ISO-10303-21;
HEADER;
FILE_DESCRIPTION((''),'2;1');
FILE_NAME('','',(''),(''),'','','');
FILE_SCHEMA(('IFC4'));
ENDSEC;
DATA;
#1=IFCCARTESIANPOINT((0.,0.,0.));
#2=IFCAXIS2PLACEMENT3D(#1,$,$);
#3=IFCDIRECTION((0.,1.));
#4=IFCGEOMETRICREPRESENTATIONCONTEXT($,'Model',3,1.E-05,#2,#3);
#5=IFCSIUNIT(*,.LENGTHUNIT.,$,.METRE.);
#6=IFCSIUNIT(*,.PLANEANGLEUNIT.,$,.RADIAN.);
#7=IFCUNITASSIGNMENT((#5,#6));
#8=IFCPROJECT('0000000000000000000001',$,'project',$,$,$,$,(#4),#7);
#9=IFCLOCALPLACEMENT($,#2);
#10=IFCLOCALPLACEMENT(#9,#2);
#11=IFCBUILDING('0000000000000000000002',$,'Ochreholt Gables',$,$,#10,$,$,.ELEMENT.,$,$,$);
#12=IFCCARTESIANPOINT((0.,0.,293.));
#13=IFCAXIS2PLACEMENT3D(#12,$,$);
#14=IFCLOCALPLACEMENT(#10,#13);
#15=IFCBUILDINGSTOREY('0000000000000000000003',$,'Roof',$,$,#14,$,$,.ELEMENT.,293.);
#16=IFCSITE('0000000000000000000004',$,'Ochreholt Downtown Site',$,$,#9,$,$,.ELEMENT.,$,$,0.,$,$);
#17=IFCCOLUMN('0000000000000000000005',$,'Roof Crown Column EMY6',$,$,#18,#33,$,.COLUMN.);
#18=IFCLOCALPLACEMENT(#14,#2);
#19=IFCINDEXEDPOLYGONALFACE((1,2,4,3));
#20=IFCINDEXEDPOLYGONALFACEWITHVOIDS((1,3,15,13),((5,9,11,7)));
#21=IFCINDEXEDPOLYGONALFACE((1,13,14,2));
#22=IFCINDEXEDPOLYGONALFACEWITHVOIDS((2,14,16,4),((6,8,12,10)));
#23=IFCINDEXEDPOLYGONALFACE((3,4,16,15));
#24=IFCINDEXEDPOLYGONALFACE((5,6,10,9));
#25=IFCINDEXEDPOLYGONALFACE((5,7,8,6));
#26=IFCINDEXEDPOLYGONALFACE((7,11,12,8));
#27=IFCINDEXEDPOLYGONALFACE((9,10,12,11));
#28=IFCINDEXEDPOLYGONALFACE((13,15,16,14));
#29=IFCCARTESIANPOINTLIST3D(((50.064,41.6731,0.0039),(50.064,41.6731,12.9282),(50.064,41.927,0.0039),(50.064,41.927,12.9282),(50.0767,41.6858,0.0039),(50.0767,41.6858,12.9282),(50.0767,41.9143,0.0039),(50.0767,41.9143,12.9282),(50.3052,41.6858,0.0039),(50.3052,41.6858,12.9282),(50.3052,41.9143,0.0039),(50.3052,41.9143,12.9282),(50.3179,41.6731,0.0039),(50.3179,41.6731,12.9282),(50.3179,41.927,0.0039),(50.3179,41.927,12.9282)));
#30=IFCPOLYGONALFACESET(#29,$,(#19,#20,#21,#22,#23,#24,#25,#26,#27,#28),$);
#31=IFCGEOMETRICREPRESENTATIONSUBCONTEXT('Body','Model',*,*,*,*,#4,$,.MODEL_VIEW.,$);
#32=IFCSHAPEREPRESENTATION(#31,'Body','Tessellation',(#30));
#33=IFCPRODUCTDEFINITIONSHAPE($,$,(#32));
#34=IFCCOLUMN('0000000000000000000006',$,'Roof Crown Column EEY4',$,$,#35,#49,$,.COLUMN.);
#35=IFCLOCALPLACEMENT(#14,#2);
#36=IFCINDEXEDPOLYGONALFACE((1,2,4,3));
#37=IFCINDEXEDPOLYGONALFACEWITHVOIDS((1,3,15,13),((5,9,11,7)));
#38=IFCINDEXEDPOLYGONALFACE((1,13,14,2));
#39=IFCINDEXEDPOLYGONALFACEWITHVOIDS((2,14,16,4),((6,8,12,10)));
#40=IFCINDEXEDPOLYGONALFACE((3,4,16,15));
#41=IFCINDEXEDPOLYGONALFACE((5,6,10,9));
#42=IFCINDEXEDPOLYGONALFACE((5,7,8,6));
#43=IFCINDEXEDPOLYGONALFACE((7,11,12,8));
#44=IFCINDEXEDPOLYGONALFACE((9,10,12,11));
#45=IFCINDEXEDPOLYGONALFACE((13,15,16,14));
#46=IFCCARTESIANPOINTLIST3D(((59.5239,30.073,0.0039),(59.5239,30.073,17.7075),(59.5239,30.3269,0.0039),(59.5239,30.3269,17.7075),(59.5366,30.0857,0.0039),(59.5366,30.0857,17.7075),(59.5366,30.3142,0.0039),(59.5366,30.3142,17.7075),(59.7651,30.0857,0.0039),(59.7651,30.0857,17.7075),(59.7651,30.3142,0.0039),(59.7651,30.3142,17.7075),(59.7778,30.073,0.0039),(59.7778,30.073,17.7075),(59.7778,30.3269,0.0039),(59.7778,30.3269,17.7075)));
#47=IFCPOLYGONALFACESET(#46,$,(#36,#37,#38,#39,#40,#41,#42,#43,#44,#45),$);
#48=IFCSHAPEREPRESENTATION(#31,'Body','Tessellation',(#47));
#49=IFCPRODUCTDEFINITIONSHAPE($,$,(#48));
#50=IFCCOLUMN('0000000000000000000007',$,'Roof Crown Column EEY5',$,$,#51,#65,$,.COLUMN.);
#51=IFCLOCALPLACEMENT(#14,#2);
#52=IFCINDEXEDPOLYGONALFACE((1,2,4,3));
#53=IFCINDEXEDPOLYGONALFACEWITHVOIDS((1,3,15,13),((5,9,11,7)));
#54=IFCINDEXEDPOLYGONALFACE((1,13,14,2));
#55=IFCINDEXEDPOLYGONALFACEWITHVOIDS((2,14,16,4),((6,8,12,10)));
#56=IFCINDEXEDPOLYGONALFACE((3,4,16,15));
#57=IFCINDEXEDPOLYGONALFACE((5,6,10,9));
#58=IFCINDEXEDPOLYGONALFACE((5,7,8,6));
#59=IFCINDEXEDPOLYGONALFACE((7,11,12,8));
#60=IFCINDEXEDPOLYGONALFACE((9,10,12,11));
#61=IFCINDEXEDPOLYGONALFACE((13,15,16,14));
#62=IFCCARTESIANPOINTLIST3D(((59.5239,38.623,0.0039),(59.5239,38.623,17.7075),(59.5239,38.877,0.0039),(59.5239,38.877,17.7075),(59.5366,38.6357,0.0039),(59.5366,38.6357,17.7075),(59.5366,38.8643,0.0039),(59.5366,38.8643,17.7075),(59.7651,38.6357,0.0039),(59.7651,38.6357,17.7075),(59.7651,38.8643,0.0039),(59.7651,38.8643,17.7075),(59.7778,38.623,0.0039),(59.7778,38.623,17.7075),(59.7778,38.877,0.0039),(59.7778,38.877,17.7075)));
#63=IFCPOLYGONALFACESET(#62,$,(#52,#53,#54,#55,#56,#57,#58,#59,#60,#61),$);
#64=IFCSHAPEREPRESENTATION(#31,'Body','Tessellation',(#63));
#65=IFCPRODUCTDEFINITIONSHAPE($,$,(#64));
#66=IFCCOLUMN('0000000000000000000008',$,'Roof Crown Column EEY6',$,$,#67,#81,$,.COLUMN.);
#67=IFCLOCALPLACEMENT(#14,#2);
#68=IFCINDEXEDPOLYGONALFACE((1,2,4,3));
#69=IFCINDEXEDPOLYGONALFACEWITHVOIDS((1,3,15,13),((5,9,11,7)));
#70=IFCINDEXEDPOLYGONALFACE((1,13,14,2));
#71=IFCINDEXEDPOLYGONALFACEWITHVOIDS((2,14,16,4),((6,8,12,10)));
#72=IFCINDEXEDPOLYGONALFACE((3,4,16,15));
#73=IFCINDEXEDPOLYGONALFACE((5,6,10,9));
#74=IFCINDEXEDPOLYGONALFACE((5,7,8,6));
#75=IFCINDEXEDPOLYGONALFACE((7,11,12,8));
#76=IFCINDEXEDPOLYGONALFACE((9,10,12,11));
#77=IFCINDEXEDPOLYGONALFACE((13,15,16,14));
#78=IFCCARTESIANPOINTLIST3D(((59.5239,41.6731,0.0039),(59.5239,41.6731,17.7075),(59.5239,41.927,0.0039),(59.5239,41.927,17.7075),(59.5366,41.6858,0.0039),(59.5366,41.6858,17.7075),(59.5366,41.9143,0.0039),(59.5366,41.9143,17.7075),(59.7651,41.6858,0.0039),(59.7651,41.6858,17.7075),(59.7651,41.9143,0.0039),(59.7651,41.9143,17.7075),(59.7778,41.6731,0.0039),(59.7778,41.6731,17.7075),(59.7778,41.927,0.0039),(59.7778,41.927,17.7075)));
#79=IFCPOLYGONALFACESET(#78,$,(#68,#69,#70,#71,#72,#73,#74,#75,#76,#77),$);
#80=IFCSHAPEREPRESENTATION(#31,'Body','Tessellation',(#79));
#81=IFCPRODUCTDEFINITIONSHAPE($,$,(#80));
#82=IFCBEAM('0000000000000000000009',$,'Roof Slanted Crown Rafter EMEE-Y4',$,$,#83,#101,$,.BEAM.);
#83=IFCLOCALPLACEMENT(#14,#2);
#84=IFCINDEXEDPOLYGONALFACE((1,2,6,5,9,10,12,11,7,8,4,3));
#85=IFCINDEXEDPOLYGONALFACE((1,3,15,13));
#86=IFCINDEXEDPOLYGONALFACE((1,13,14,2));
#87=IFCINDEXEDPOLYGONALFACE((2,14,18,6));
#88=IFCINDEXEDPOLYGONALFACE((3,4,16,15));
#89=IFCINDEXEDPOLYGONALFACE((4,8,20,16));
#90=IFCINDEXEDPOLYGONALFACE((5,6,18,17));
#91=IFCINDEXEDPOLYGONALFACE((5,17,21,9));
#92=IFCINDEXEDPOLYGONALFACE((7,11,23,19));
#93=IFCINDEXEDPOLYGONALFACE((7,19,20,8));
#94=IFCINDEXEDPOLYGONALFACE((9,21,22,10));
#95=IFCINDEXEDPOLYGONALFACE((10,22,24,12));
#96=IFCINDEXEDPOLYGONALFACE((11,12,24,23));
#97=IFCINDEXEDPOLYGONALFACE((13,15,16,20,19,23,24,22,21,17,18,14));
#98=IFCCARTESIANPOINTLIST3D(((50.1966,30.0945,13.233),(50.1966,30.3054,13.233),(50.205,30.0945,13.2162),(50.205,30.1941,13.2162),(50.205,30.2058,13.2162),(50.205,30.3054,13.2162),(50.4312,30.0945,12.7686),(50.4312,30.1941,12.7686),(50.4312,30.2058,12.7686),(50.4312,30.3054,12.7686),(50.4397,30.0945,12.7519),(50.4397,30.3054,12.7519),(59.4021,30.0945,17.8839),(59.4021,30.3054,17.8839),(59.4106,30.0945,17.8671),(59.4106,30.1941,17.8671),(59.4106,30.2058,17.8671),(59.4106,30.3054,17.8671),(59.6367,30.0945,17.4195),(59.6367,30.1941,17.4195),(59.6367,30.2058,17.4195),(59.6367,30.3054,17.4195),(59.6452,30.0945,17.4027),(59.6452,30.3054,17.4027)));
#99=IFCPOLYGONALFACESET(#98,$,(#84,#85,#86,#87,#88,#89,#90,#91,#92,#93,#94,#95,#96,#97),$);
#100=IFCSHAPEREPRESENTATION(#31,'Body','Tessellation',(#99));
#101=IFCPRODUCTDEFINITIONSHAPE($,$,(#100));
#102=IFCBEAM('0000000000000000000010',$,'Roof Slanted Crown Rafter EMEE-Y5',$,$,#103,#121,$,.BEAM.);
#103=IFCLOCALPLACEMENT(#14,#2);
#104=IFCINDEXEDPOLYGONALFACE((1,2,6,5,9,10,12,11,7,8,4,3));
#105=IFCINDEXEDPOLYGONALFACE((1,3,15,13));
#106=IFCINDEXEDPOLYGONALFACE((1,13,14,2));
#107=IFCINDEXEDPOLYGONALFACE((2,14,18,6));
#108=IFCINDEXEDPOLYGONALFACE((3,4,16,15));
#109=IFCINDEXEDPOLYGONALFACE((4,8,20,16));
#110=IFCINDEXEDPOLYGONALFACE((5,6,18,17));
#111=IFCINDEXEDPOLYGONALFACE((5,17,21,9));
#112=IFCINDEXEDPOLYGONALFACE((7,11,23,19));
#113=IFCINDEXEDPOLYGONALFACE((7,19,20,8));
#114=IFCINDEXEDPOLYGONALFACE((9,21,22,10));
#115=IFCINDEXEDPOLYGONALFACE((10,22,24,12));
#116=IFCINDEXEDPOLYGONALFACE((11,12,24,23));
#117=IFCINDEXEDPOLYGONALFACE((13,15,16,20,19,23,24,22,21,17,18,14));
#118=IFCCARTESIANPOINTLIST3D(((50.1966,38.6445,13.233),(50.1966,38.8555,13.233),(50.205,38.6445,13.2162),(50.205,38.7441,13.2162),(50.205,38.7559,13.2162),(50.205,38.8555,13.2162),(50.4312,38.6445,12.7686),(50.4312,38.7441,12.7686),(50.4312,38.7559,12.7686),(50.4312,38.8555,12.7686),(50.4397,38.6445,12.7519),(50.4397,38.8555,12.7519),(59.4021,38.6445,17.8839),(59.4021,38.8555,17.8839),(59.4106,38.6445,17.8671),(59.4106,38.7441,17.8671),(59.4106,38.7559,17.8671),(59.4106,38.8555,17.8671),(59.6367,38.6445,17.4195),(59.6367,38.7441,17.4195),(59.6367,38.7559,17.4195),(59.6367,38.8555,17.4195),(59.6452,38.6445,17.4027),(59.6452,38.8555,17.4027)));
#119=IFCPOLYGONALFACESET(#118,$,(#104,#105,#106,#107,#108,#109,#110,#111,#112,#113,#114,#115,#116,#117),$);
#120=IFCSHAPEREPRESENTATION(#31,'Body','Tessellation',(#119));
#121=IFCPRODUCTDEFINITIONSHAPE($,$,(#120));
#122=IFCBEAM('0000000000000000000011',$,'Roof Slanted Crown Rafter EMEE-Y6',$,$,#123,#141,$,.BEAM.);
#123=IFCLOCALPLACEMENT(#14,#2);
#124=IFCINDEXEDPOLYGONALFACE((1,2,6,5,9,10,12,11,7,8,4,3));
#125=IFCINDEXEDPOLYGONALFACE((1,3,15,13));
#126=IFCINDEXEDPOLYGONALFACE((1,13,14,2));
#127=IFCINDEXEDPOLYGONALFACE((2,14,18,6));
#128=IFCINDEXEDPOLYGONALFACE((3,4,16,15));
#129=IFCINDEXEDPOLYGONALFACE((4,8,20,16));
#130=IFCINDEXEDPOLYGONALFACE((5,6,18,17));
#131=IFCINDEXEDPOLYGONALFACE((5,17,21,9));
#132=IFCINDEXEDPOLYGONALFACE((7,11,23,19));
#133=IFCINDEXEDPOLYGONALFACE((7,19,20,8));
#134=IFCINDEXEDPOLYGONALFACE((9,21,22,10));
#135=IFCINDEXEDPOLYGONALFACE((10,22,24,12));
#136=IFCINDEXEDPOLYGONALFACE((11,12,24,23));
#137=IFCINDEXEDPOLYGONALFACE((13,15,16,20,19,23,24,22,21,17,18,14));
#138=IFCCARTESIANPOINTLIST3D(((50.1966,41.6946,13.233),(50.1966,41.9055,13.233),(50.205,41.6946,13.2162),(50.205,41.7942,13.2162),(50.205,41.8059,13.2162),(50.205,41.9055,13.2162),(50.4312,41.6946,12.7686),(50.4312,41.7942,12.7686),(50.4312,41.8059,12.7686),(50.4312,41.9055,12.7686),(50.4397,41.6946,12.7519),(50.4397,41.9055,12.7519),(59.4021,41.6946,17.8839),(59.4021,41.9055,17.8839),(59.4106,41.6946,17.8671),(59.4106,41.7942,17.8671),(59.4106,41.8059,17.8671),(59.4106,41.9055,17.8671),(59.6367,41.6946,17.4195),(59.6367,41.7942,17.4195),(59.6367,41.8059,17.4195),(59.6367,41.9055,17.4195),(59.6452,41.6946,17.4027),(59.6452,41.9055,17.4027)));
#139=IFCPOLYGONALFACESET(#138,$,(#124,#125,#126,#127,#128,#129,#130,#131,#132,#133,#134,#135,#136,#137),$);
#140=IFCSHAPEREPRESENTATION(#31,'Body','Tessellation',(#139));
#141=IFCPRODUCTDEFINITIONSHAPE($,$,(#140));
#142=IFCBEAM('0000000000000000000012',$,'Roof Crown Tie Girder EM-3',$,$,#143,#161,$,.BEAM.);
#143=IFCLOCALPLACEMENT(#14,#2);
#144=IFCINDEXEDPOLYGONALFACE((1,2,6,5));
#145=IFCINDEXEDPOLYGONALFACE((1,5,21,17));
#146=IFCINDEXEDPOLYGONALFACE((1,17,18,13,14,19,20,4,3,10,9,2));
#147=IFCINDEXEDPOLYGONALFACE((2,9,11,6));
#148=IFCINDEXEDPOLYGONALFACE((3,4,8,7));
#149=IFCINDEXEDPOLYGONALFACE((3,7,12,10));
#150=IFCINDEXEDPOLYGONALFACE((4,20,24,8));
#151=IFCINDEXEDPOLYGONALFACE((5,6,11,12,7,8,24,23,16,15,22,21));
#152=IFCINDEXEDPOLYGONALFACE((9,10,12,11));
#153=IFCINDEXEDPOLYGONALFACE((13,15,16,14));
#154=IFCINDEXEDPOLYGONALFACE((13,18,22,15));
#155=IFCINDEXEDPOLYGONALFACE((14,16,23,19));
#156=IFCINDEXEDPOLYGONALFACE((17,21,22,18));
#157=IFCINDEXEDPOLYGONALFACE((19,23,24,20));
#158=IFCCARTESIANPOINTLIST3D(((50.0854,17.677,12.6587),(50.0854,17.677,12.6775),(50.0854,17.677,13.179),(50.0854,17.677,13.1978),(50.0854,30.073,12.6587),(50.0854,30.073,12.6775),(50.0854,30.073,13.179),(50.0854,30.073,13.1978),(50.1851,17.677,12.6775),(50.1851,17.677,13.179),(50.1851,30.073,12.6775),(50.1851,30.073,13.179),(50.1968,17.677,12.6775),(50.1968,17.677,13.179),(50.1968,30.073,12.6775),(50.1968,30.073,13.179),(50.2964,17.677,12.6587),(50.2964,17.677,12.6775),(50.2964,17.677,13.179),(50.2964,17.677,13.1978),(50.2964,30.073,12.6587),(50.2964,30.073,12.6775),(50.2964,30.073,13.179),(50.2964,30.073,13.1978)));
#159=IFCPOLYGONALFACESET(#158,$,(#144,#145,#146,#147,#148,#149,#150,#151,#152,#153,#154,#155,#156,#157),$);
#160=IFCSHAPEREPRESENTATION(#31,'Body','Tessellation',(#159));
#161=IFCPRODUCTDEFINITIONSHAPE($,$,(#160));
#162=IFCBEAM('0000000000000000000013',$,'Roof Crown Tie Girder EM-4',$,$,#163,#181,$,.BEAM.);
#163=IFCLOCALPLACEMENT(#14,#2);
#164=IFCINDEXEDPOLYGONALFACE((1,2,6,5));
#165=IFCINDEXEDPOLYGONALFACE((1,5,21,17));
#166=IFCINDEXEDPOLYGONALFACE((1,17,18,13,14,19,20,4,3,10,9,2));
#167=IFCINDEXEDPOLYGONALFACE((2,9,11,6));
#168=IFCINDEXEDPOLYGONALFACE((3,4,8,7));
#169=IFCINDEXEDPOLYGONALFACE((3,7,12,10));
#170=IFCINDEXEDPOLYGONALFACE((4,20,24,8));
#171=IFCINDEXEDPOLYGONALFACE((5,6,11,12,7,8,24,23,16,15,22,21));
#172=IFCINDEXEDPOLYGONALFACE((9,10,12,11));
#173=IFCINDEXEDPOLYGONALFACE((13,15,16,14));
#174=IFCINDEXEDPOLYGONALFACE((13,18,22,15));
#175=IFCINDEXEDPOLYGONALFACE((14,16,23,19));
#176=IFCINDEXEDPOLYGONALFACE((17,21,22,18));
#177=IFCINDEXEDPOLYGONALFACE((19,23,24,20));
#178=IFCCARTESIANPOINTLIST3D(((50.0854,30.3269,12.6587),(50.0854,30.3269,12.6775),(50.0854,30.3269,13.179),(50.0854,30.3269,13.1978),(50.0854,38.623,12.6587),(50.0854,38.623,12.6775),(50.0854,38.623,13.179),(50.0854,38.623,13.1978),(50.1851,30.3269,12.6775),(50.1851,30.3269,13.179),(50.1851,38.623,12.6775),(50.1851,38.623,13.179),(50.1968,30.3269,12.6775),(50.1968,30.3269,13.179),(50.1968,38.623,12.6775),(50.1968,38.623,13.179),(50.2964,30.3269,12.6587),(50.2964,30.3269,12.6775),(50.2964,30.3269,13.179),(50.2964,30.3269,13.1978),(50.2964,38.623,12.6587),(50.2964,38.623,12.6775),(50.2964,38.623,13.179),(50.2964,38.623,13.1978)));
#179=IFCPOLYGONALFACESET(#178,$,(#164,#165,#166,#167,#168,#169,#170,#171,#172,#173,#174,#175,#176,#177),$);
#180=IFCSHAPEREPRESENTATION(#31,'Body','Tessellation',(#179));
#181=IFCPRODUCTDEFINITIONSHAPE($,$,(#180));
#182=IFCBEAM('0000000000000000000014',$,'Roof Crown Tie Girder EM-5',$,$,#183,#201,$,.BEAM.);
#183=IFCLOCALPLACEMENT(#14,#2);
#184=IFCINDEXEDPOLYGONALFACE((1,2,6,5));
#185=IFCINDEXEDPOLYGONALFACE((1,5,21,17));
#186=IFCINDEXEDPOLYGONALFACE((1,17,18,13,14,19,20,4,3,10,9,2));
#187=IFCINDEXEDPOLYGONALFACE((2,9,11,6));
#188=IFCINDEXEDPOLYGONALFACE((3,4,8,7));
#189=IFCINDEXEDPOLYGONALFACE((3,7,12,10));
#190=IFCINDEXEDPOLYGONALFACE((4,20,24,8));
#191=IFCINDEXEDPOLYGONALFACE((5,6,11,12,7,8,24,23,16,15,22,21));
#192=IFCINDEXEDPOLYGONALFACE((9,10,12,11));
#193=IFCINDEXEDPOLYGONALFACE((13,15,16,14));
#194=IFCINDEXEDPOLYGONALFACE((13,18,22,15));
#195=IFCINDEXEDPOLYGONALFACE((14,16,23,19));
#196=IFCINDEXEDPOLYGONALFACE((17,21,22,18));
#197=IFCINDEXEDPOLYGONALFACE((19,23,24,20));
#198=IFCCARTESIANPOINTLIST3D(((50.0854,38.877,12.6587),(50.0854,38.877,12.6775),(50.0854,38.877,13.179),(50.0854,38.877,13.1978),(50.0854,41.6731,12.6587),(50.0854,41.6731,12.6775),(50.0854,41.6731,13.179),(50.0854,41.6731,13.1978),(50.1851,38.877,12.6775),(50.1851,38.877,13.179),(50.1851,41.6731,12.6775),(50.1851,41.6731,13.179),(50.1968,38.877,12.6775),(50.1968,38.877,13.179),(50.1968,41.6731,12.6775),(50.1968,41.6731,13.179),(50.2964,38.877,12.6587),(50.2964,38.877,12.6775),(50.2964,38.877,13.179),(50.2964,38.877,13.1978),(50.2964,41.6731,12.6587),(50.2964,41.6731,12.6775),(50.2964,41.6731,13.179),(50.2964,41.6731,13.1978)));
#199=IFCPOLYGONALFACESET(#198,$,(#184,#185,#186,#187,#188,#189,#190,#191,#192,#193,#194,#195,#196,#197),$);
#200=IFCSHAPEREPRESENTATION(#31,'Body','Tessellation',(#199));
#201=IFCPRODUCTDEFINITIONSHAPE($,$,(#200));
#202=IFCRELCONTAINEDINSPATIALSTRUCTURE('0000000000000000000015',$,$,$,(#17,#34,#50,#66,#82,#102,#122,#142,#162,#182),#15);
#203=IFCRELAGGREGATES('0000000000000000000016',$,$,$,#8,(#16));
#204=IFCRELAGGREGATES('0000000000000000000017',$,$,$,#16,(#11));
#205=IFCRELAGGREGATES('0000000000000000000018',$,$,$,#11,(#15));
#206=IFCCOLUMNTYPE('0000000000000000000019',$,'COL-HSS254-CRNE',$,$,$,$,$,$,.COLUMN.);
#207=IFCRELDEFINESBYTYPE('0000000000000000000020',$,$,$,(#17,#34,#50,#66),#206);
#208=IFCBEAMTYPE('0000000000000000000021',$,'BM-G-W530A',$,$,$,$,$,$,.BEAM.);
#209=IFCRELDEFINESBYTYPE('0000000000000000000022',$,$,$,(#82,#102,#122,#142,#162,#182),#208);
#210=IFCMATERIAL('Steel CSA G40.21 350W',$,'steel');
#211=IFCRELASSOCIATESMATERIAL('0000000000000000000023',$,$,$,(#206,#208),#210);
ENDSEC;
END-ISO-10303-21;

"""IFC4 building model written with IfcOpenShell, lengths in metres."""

from ifc_helpers import new_model, si_unit, direction, frame, origin, origin_2d, place, context, subcontext, project, spatial, hollow_rectangle, i_section, extrude, material, material_profile, profile_set, type_object, element, save


model = new_model("IFC4")

# Units and contexts
model_context = context("Model", 3, precision=1e-05, world=origin(), true_north=direction((0.0, 1.0)))
body_context = subcontext(model_context, "Body", "Model", "MODEL_VIEW")
ifc_project = project(units=[si_unit("LENGTHUNIT", "METRE"), si_unit("PLANEANGLEUNIT", "RADIAN")], contexts=[model_context])

# Site, building, storey
site_placement = place(None, origin())
site = spatial("IfcSite", under=ifc_project, at=site_placement, Name="Ochreholt Downtown Site", CompositionType="ELEMENT", RefElevation=0.0)
building_placement = place(site_placement, origin())
building = spatial("IfcBuilding", under=site, at=building_placement, Name="Ochreholt Gables", CompositionType="ELEMENT")
storey_placement = place(building_placement, frame((0.0, 0.0, 293.0)))
storey = spatial("IfcBuildingStorey", under=building, at=storey_placement, Name="Roof", CompositionType="ELEMENT", Elevation=293.0)

# Columns
ifc_material_1 = material(Name="Steel CSA G40.21 350W", Category="steel")
ifc_material_profile_1 = material_profile(ifc_material_1, hollow_rectangle(XDim=0.2539, YDim=0.2539, WallThickness=0.0127, at=origin_2d()), Name="HSS254X254X13")
ifc_profile_set_1 = profile_set([ifc_material_profile_1], Name="Steel CSA G40.21 350W")
column_type = type_object("IfcColumnType", Name="COL-HSS254-CRNE", PredefinedType="COLUMN", material=ifc_profile_set_1)
column_placement = place(storey_placement, frame((50.1909, 41.8, 0.0039), z_axis=(0.0, 0.0, 1.0), x_axis=(1.0, 0.0, 0.0)))
element("IfcColumn", 1, at=column_placement, inside=storey, type_object=column_type, Name="Roof Crown Column EMY6", PredefinedType="COLUMN", context=body_context, shape_type="SweptSolid", body=[
    extrude(hollow_rectangle(XDim=0.2539, YDim=0.2539, WallThickness=0.0127, at=origin_2d()), origin(), (0.0, 0.0, 1.0), 12.9243),
])
for number, where, z_axis, x_axis, name in (
    (2, (59.6509, 30.2, 0.0039), (0.0, 0.0, 1.0), (1.0, 0.0, 0.0), "Roof Crown Column EEY4"),
    (3, (59.6509, 38.75, 0.0039), (0.0, 0.0, 1.0), (1.0, 0.0, 0.0), "Roof Crown Column EEY5"),
    (4, (59.6509, 41.8, 0.0039), (0.0, 0.0, 1.0), (1.0, 0.0, 0.0), "Roof Crown Column EEY6"),
):
    element("IfcColumn", number, at=place(storey_placement, frame(where, z_axis=z_axis, x_axis=x_axis)), inside=storey, type_object=column_type, Name=name, PredefinedType="COLUMN", context=body_context, shape_type="SweptSolid", body=[
        extrude(hollow_rectangle(XDim=0.2539, YDim=0.2539, WallThickness=0.0127, at=origin_2d()), origin(), (0.0, 0.0, 1.0), 17.7036),
    ])

# Beams
ifc_material_profile_2 = material_profile(ifc_material_1, i_section(OverallWidth=0.2109, OverallDepth=0.5391, WebThickness=0.0117, FlangeThickness=0.0188, at=origin_2d()), Name="W530X109")
ifc_profile_set_2 = profile_set([ifc_material_profile_2], Name="Steel CSA G40.21 350W")
beam_type_1 = type_object("IfcBeamType", Name="BM-G-W530A", PredefinedType="BEAM", material=ifc_profile_set_2)
for number, where, z_axis, x_axis, name in (
    (5, (50.3181, 30.2, 12.9924), (0.892554, 0.0, 0.45094), (0.0, 1.0, 0.0), "Roof Slanted Crown Rafter EMEE-Y4"),
    (6, (50.3181, 38.75, 12.9924), (0.892554, 0.0, 0.45094), (0.0, 1.0, 0.0), "Roof Slanted Crown Rafter EMEE-Y5"),
    (7, (50.3181, 41.8, 12.9924), (0.892554, 0.0, 0.45094), (0.0, 1.0, 0.0), "Roof Slanted Crown Rafter EMEE-Y6"),
):
    element("IfcBeam", number, at=place(storey_placement, frame(where, z_axis=z_axis, x_axis=x_axis)), inside=storey, type_object=beam_type_1, Name=name, PredefinedType="BEAM", context=body_context, shape_type="SweptSolid", body=[
        extrude(i_section(OverallWidth=0.2109, OverallDepth=0.5391, WebThickness=0.0117, FlangeThickness=0.0188, at=origin_2d()), origin(), (0.0, 0.0, 1.0), 10.3137),
    ])
beam_1_placement = place(storey_placement, frame((50.1909, 17.677, 12.9282), z_axis=(0.0, 1.0, 0.0), x_axis=(-1.0, 0.0, 0.0)))
element("IfcBeam", 8, at=beam_1_placement, inside=storey, type_object=beam_type_1, Name="Roof Crown Tie Girder EM-3", PredefinedType="BEAM", context=body_context, shape_type="SweptSolid", body=[
    extrude(i_section(OverallWidth=0.2109, OverallDepth=0.5391, WebThickness=0.0117, FlangeThickness=0.0188, at=origin_2d()), origin(), (0.0, 0.0, 1.0), 12.396),
])
beam_2_placement = place(storey_placement, frame((50.1909, 30.3269, 12.9282), z_axis=(0.0, 1.0, 0.0), x_axis=(-1.0, 0.0, 0.0)))
element("IfcBeam", 9, at=beam_2_placement, inside=storey, type_object=beam_type_1, Name="Roof Crown Tie Girder EM-4", PredefinedType="BEAM", context=body_context, shape_type="SweptSolid", body=[
    extrude(i_section(OverallWidth=0.2109, OverallDepth=0.5391, WebThickness=0.0117, FlangeThickness=0.0188, at=origin_2d()), origin(), (0.0, 0.0, 1.0), 8.2961),
])
beam_3_placement = place(storey_placement, frame((50.1909, 38.877, 12.9282), z_axis=(0.0, 1.0, 0.0), x_axis=(-1.0, 0.0, 0.0)))
element("IfcBeam", 10, at=beam_3_placement, inside=storey, type_object=beam_type_1, Name="Roof Crown Tie Girder EM-5", PredefinedType="BEAM", context=body_context, shape_type="SweptSolid", body=[
    extrude(i_section(OverallWidth=0.2109, OverallDepth=0.5391, WebThickness=0.0117, FlangeThickness=0.0188, at=origin_2d()), origin(), (0.0, 0.0, 1.0), 2.7961),
])

save(model, "model.ifc")
